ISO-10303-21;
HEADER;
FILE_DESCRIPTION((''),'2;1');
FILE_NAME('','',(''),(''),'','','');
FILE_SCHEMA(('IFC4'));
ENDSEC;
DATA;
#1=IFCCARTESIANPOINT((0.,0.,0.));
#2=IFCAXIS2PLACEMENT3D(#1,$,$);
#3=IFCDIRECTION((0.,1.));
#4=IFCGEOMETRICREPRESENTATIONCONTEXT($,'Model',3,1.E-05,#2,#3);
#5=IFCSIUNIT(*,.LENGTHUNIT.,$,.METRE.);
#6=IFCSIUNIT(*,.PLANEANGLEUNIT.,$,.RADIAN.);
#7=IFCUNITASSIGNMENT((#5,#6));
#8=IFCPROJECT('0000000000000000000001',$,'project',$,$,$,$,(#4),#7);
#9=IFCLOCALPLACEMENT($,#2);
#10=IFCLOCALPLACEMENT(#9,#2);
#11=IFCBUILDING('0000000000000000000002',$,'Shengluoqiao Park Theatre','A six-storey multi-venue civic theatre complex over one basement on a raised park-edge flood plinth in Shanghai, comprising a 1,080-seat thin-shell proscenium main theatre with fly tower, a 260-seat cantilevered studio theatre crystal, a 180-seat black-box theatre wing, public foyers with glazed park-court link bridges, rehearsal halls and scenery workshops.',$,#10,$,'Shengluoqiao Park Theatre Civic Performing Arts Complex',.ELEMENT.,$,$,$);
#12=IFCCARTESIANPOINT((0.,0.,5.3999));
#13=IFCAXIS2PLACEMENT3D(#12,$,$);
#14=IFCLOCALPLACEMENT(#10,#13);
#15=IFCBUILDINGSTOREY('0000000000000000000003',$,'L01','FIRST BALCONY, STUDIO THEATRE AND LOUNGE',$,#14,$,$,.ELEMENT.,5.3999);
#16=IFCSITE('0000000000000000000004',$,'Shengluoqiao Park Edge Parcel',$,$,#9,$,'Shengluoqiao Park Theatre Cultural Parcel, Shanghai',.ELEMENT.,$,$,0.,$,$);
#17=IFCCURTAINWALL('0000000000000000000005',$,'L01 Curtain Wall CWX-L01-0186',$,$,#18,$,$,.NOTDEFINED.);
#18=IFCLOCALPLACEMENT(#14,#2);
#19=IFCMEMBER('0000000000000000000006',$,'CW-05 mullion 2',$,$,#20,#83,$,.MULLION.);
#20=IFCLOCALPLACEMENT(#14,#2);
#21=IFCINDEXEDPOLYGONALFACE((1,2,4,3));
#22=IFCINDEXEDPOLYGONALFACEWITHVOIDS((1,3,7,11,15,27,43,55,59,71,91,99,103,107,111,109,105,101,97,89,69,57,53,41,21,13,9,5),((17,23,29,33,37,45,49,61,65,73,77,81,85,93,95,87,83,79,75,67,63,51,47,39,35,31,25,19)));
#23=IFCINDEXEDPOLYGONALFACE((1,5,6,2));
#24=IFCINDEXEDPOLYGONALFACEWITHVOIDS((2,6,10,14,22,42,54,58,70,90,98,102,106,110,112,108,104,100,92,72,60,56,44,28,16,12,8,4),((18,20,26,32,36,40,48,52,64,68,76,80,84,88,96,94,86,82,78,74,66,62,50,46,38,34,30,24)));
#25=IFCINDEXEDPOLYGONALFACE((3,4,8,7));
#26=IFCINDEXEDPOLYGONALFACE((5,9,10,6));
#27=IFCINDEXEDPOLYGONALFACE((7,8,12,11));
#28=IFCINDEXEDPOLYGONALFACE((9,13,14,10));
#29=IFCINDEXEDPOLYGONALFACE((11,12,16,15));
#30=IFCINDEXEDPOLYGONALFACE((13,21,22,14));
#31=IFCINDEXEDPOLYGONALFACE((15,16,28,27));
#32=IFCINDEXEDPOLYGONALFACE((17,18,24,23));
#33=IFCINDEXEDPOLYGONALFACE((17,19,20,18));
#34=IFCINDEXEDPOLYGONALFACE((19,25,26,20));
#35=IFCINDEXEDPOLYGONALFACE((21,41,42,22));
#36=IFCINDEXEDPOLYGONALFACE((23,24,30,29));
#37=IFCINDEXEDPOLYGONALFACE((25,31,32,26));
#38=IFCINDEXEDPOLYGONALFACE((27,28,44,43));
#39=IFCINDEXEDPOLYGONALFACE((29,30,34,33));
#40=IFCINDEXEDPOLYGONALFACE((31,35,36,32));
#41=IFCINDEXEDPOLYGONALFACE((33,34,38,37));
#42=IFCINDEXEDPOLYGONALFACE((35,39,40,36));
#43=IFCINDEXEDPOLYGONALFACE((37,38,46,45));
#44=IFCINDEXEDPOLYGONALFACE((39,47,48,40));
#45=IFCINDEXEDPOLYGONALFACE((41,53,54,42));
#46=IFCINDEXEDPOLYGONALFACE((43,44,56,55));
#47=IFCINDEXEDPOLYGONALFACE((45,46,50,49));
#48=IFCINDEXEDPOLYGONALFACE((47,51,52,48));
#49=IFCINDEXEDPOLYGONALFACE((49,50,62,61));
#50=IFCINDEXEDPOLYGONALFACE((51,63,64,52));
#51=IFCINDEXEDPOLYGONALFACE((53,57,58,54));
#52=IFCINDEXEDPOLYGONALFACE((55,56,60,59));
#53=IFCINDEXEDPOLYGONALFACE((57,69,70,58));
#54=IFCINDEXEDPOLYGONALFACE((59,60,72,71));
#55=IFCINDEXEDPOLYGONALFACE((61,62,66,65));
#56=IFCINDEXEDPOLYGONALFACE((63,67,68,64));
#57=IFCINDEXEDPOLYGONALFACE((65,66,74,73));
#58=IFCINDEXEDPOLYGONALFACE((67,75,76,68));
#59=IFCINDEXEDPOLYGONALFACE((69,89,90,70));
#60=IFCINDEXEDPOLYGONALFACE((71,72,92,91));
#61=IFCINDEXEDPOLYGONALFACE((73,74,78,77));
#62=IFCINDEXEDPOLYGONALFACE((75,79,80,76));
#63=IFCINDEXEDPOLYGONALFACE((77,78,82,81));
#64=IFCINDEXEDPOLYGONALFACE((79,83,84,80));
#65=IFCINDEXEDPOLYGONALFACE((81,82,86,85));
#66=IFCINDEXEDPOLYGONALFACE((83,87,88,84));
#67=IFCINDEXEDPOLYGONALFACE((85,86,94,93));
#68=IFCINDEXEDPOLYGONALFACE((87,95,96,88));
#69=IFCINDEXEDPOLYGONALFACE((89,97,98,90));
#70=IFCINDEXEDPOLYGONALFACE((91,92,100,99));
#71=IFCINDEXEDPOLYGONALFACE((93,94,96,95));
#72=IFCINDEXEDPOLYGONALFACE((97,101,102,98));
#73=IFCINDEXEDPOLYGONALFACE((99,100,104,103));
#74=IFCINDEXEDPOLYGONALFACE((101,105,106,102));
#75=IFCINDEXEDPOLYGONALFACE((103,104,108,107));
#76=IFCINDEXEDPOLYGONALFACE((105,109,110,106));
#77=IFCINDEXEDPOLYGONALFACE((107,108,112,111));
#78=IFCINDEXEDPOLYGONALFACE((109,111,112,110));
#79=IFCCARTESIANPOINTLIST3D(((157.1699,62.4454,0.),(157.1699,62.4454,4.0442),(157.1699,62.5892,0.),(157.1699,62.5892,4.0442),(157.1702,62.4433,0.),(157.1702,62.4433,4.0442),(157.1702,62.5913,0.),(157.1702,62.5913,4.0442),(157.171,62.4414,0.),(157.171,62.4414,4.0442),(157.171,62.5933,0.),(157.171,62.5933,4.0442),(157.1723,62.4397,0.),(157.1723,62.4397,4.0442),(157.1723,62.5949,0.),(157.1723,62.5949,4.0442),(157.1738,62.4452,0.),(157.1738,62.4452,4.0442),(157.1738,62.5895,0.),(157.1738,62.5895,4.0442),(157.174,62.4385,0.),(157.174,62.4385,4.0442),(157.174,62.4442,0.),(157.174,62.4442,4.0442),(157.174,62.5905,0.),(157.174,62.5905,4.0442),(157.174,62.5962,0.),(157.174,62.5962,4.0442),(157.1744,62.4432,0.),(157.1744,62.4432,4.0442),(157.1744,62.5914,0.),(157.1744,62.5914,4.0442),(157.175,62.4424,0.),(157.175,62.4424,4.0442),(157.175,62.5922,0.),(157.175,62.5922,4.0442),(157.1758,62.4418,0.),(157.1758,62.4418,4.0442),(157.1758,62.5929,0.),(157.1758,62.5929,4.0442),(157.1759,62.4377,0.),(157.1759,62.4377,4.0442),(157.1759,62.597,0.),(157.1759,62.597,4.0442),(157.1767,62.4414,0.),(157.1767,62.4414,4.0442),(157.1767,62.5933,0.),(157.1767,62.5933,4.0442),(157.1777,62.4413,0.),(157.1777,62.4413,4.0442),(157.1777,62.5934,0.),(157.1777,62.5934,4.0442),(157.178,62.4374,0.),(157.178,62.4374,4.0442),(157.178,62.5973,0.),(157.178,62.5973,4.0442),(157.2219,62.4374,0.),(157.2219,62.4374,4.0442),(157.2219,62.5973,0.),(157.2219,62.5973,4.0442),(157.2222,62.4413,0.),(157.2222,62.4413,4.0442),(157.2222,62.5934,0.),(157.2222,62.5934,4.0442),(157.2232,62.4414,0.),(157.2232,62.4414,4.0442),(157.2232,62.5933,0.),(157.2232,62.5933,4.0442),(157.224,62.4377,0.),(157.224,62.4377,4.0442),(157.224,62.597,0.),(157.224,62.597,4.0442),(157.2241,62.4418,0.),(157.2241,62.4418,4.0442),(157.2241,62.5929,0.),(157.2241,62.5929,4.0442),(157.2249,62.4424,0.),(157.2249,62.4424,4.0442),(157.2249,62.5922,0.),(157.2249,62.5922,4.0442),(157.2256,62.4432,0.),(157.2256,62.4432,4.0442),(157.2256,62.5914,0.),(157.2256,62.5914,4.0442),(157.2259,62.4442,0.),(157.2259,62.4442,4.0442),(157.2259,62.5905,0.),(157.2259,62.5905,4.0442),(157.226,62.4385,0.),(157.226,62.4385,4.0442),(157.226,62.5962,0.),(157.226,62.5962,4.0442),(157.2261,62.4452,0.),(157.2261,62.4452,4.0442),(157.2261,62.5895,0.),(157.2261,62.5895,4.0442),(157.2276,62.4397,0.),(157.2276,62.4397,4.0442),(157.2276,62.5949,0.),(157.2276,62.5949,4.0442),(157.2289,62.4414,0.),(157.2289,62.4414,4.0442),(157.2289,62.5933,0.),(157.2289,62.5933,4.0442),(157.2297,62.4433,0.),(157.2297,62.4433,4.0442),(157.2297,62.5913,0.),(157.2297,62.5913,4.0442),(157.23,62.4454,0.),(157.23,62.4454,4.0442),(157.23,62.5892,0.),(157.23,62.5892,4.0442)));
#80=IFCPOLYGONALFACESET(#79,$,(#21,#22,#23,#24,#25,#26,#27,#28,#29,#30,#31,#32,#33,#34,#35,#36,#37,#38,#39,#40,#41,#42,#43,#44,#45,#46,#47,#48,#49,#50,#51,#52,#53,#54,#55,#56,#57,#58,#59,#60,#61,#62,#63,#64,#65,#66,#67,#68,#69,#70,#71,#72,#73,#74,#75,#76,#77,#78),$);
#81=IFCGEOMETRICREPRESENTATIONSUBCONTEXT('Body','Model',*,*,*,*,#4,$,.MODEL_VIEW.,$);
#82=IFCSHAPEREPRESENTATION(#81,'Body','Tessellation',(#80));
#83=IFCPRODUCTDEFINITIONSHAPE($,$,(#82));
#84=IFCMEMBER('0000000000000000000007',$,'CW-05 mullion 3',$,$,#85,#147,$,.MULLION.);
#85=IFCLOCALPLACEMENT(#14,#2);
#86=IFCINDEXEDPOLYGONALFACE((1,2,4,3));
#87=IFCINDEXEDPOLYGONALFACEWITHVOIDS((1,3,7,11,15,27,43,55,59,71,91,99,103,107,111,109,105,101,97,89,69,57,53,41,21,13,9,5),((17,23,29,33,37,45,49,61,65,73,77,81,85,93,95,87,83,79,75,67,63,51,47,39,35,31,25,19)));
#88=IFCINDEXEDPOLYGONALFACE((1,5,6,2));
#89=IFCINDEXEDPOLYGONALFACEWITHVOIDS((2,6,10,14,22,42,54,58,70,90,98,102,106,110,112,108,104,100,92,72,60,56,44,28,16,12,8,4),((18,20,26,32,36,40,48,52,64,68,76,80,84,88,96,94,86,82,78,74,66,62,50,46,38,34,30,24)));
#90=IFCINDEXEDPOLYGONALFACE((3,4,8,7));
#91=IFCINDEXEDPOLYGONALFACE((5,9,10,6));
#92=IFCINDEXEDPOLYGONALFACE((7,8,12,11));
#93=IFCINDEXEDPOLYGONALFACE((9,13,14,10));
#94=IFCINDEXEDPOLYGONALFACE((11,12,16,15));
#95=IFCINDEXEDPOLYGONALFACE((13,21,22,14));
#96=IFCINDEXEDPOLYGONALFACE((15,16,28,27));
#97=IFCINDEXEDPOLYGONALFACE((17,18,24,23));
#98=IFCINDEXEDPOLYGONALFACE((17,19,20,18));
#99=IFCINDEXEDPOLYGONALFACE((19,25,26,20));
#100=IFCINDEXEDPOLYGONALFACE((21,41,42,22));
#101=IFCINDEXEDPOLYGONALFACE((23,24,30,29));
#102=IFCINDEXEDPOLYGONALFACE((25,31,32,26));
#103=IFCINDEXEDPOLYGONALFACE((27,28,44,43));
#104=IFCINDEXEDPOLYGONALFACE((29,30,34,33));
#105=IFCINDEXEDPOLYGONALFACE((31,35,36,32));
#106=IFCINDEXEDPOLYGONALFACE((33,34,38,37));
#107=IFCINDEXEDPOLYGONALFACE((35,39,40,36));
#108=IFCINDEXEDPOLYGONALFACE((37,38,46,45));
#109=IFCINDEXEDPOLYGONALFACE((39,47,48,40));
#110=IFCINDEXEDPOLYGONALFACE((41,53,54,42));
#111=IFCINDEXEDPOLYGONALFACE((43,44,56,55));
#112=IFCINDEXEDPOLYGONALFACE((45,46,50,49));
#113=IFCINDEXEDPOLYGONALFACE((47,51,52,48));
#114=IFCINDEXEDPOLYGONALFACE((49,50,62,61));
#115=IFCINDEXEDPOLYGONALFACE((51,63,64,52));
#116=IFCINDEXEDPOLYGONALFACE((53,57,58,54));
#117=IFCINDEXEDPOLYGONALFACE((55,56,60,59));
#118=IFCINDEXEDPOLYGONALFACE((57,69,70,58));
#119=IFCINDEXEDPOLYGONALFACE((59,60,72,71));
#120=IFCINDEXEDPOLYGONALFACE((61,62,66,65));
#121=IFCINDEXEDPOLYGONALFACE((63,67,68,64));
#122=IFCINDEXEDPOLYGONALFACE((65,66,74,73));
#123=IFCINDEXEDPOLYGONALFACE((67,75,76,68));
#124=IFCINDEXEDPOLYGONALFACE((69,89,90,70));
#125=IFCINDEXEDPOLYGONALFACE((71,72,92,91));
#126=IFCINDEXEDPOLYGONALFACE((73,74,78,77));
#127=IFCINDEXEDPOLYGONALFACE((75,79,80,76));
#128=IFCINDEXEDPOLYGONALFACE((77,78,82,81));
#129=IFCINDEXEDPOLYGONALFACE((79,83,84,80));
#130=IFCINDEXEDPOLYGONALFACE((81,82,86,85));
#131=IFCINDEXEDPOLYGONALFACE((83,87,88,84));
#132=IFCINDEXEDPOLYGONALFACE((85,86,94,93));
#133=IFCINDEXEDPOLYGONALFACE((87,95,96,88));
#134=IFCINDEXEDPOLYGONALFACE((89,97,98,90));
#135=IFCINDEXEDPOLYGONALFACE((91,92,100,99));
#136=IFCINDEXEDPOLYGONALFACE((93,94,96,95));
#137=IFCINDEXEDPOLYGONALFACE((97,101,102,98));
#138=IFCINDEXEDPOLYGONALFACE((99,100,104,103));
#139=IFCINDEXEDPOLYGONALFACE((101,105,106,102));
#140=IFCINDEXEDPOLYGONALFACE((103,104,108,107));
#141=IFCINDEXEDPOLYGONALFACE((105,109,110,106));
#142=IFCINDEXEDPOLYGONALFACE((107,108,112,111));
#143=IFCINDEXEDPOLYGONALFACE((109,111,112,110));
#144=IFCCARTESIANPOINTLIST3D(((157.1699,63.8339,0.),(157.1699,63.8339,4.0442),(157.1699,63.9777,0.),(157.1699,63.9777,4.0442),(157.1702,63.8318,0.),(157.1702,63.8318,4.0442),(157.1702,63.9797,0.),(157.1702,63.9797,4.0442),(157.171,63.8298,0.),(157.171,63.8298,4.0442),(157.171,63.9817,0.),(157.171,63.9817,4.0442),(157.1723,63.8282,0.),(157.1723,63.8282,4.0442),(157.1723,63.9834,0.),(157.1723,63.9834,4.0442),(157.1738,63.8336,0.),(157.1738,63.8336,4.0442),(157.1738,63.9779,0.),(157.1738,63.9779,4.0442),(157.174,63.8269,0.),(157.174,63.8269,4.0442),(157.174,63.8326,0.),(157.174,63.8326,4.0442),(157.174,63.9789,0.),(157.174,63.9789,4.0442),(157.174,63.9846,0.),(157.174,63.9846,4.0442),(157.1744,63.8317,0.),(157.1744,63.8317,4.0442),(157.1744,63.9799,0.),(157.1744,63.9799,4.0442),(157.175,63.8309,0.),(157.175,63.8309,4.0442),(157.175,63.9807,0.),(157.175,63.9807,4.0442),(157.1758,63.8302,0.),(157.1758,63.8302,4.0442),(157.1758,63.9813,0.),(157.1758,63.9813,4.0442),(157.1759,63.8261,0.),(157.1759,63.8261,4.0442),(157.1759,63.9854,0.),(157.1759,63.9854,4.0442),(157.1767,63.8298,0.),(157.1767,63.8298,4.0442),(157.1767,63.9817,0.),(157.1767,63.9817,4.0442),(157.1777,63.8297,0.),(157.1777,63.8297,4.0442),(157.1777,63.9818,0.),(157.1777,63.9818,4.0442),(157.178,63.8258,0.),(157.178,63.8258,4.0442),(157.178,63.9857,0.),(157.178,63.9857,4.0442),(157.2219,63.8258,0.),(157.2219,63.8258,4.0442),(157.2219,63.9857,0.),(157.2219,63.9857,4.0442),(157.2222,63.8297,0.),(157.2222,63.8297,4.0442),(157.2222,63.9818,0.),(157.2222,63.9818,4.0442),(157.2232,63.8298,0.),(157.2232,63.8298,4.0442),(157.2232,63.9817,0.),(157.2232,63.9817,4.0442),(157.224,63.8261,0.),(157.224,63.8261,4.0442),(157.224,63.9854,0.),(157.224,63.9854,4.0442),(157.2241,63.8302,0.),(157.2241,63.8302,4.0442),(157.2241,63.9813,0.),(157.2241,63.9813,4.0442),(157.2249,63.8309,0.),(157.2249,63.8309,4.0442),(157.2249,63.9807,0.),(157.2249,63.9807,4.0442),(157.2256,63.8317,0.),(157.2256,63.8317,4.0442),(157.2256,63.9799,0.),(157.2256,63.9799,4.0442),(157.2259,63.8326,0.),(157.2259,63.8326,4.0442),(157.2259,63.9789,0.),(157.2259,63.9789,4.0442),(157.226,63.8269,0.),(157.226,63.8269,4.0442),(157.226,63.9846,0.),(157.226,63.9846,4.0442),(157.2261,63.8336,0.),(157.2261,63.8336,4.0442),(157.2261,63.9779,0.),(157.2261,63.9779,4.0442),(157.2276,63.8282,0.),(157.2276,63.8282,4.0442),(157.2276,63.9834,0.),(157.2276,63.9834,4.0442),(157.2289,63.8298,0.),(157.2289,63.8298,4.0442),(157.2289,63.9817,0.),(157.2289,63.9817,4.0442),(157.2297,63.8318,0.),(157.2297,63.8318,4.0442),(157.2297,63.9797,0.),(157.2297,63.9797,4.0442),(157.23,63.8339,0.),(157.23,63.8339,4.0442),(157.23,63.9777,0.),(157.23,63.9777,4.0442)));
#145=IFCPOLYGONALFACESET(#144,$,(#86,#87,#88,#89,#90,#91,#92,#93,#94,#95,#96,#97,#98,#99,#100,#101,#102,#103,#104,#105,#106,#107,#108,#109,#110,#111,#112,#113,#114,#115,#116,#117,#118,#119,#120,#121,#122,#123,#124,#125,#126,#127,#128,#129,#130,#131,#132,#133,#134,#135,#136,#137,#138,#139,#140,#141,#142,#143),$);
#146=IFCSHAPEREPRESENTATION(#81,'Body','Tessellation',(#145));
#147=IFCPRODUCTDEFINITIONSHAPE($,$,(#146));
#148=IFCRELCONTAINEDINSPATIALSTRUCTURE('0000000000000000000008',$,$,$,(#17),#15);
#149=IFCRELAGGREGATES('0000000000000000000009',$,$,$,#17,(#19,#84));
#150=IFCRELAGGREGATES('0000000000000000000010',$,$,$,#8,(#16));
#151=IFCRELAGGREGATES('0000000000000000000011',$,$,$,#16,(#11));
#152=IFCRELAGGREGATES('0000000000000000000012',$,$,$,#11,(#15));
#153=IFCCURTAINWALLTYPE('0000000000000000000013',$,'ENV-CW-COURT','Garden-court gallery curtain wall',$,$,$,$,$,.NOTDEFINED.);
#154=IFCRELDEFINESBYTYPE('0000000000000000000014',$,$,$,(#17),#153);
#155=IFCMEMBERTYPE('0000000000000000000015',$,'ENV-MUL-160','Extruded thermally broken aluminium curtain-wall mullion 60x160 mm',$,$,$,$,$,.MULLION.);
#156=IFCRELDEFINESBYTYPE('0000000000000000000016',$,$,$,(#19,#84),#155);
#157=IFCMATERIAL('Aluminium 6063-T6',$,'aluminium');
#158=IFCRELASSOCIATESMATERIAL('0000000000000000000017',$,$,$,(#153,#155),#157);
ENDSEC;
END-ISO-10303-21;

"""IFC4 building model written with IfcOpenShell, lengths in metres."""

from ifc_helpers import new_model, si_unit, direction, frame, origin, origin_2d, place, context, subcontext, project, spatial, hollow_rectangle, extrude, material, material_profile, profile_set, type_object, element, aggregate, save


model = new_model("IFC4")

# Units and contexts
model_context = context("Model", 3, precision=1e-05, world=origin(), true_north=direction((0.0, 1.0)))
body_context = subcontext(model_context, "Body", "Model", "MODEL_VIEW")
ifc_project = project(units=[si_unit("LENGTHUNIT", "METRE"), si_unit("PLANEANGLEUNIT", "RADIAN")], contexts=[model_context])

# Site, building, storey
site_placement = place(None, origin())
site = spatial("IfcSite", under=ifc_project, at=site_placement, Name="Shengluoqiao Park Edge Parcel", LongName="Shengluoqiao Park Theatre Cultural Parcel, Shanghai", CompositionType="ELEMENT", RefElevation=0.0)
building_placement = place(site_placement, origin())
building = spatial("IfcBuilding", under=site, at=building_placement, Name="Shengluoqiao Park Theatre", Description="A six-storey multi-venue civic theatre complex over one basement on a raised park-edge flood plinth in Shanghai, comprising a 1,080-seat thin-shell proscenium main theatre with fly tower, a 260-seat cantilevered studio theatre crystal, a 180-seat black-box theatre wing, public foyers with glazed park-court link bridges, rehearsal halls and scenery workshops.", LongName="Shengluoqiao Park Theatre Civic Performing Arts Complex", CompositionType="ELEMENT")
storey_placement = place(building_placement, frame((0.0, 0.0, 5.3999)))
storey = spatial("IfcBuildingStorey", under=building, at=storey_placement, Name="L01", Description="FIRST BALCONY, STUDIO THEATRE AND LOUNGE", CompositionType="ELEMENT", Elevation=5.3999)

# Curtain wall, members
ifc_material_1 = material(Name="Aluminium 6063-T6", Category="aluminium")
curtain_wall_type = type_object("IfcCurtainWallType", Name="ENV-CW-COURT", Description="Garden-court gallery curtain wall", PredefinedType="NOTDEFINED", material=ifc_material_1)
curtain_wall_placement = place(storey_placement, origin())
curtain_wall = element("IfcCurtainWall", 1, at=curtain_wall_placement, inside=storey, type_object=curtain_wall_type, Name="L01 Curtain Wall CWX-L01-0186", PredefinedType="NOTDEFINED")
ifc_material_profile_1 = material_profile(ifc_material_1, hollow_rectangle(XDim=0.0601, YDim=0.1599, WallThickness=0.0039, InnerFilletRadius=0.0039, OuterFilletRadius=0.0081, at=origin_2d()), Name="ALU MULLION 160x60x4")
ifc_profile_set_1 = profile_set([ifc_material_profile_1], Name="Aluminium 6063-T6")
member_type_1 = type_object("IfcMemberType", Name="ENV-MUL-160", Description="Extruded thermally broken aluminium curtain-wall mullion 60x160 mm", PredefinedType="MULLION", material=ifc_profile_set_1)
member_1_placement = place(storey_placement, frame((157.2, 62.5173, 0.0), z_axis=(0.0, 0.0, 1.0), x_axis=(-1.0, 0.0, 0.0)))
member_1 = element("IfcMember", 2, at=member_1_placement, type_object=member_type_1, Name="CW-05 mullion 2", PredefinedType="MULLION", context=body_context, shape_type="SweptSolid", body=[
    extrude(hollow_rectangle(XDim=0.0601, YDim=0.1599, WallThickness=0.0039, InnerFilletRadius=0.0039, OuterFilletRadius=0.0081, at=origin_2d()), origin(), (0.0, 0.0, 1.0), 4.0442),
])
member_2_placement = place(storey_placement, frame((157.2, 63.9058, 0.0), z_axis=(0.0, 0.0, 1.0), x_axis=(-1.0, 0.0, 0.0)))
member_2 = element("IfcMember", 3, at=member_2_placement, type_object=member_type_1, Name="CW-05 mullion 3", PredefinedType="MULLION", context=body_context, shape_type="SweptSolid", body=[
    extrude(hollow_rectangle(XDim=0.0601, YDim=0.1599, WallThickness=0.0039, InnerFilletRadius=0.0039, OuterFilletRadius=0.0081, at=origin_2d()), origin(), (0.0, 0.0, 1.0), 4.0442),
])
aggregate(curtain_wall, [member_1, member_2])

save(model, "model.ifc")
